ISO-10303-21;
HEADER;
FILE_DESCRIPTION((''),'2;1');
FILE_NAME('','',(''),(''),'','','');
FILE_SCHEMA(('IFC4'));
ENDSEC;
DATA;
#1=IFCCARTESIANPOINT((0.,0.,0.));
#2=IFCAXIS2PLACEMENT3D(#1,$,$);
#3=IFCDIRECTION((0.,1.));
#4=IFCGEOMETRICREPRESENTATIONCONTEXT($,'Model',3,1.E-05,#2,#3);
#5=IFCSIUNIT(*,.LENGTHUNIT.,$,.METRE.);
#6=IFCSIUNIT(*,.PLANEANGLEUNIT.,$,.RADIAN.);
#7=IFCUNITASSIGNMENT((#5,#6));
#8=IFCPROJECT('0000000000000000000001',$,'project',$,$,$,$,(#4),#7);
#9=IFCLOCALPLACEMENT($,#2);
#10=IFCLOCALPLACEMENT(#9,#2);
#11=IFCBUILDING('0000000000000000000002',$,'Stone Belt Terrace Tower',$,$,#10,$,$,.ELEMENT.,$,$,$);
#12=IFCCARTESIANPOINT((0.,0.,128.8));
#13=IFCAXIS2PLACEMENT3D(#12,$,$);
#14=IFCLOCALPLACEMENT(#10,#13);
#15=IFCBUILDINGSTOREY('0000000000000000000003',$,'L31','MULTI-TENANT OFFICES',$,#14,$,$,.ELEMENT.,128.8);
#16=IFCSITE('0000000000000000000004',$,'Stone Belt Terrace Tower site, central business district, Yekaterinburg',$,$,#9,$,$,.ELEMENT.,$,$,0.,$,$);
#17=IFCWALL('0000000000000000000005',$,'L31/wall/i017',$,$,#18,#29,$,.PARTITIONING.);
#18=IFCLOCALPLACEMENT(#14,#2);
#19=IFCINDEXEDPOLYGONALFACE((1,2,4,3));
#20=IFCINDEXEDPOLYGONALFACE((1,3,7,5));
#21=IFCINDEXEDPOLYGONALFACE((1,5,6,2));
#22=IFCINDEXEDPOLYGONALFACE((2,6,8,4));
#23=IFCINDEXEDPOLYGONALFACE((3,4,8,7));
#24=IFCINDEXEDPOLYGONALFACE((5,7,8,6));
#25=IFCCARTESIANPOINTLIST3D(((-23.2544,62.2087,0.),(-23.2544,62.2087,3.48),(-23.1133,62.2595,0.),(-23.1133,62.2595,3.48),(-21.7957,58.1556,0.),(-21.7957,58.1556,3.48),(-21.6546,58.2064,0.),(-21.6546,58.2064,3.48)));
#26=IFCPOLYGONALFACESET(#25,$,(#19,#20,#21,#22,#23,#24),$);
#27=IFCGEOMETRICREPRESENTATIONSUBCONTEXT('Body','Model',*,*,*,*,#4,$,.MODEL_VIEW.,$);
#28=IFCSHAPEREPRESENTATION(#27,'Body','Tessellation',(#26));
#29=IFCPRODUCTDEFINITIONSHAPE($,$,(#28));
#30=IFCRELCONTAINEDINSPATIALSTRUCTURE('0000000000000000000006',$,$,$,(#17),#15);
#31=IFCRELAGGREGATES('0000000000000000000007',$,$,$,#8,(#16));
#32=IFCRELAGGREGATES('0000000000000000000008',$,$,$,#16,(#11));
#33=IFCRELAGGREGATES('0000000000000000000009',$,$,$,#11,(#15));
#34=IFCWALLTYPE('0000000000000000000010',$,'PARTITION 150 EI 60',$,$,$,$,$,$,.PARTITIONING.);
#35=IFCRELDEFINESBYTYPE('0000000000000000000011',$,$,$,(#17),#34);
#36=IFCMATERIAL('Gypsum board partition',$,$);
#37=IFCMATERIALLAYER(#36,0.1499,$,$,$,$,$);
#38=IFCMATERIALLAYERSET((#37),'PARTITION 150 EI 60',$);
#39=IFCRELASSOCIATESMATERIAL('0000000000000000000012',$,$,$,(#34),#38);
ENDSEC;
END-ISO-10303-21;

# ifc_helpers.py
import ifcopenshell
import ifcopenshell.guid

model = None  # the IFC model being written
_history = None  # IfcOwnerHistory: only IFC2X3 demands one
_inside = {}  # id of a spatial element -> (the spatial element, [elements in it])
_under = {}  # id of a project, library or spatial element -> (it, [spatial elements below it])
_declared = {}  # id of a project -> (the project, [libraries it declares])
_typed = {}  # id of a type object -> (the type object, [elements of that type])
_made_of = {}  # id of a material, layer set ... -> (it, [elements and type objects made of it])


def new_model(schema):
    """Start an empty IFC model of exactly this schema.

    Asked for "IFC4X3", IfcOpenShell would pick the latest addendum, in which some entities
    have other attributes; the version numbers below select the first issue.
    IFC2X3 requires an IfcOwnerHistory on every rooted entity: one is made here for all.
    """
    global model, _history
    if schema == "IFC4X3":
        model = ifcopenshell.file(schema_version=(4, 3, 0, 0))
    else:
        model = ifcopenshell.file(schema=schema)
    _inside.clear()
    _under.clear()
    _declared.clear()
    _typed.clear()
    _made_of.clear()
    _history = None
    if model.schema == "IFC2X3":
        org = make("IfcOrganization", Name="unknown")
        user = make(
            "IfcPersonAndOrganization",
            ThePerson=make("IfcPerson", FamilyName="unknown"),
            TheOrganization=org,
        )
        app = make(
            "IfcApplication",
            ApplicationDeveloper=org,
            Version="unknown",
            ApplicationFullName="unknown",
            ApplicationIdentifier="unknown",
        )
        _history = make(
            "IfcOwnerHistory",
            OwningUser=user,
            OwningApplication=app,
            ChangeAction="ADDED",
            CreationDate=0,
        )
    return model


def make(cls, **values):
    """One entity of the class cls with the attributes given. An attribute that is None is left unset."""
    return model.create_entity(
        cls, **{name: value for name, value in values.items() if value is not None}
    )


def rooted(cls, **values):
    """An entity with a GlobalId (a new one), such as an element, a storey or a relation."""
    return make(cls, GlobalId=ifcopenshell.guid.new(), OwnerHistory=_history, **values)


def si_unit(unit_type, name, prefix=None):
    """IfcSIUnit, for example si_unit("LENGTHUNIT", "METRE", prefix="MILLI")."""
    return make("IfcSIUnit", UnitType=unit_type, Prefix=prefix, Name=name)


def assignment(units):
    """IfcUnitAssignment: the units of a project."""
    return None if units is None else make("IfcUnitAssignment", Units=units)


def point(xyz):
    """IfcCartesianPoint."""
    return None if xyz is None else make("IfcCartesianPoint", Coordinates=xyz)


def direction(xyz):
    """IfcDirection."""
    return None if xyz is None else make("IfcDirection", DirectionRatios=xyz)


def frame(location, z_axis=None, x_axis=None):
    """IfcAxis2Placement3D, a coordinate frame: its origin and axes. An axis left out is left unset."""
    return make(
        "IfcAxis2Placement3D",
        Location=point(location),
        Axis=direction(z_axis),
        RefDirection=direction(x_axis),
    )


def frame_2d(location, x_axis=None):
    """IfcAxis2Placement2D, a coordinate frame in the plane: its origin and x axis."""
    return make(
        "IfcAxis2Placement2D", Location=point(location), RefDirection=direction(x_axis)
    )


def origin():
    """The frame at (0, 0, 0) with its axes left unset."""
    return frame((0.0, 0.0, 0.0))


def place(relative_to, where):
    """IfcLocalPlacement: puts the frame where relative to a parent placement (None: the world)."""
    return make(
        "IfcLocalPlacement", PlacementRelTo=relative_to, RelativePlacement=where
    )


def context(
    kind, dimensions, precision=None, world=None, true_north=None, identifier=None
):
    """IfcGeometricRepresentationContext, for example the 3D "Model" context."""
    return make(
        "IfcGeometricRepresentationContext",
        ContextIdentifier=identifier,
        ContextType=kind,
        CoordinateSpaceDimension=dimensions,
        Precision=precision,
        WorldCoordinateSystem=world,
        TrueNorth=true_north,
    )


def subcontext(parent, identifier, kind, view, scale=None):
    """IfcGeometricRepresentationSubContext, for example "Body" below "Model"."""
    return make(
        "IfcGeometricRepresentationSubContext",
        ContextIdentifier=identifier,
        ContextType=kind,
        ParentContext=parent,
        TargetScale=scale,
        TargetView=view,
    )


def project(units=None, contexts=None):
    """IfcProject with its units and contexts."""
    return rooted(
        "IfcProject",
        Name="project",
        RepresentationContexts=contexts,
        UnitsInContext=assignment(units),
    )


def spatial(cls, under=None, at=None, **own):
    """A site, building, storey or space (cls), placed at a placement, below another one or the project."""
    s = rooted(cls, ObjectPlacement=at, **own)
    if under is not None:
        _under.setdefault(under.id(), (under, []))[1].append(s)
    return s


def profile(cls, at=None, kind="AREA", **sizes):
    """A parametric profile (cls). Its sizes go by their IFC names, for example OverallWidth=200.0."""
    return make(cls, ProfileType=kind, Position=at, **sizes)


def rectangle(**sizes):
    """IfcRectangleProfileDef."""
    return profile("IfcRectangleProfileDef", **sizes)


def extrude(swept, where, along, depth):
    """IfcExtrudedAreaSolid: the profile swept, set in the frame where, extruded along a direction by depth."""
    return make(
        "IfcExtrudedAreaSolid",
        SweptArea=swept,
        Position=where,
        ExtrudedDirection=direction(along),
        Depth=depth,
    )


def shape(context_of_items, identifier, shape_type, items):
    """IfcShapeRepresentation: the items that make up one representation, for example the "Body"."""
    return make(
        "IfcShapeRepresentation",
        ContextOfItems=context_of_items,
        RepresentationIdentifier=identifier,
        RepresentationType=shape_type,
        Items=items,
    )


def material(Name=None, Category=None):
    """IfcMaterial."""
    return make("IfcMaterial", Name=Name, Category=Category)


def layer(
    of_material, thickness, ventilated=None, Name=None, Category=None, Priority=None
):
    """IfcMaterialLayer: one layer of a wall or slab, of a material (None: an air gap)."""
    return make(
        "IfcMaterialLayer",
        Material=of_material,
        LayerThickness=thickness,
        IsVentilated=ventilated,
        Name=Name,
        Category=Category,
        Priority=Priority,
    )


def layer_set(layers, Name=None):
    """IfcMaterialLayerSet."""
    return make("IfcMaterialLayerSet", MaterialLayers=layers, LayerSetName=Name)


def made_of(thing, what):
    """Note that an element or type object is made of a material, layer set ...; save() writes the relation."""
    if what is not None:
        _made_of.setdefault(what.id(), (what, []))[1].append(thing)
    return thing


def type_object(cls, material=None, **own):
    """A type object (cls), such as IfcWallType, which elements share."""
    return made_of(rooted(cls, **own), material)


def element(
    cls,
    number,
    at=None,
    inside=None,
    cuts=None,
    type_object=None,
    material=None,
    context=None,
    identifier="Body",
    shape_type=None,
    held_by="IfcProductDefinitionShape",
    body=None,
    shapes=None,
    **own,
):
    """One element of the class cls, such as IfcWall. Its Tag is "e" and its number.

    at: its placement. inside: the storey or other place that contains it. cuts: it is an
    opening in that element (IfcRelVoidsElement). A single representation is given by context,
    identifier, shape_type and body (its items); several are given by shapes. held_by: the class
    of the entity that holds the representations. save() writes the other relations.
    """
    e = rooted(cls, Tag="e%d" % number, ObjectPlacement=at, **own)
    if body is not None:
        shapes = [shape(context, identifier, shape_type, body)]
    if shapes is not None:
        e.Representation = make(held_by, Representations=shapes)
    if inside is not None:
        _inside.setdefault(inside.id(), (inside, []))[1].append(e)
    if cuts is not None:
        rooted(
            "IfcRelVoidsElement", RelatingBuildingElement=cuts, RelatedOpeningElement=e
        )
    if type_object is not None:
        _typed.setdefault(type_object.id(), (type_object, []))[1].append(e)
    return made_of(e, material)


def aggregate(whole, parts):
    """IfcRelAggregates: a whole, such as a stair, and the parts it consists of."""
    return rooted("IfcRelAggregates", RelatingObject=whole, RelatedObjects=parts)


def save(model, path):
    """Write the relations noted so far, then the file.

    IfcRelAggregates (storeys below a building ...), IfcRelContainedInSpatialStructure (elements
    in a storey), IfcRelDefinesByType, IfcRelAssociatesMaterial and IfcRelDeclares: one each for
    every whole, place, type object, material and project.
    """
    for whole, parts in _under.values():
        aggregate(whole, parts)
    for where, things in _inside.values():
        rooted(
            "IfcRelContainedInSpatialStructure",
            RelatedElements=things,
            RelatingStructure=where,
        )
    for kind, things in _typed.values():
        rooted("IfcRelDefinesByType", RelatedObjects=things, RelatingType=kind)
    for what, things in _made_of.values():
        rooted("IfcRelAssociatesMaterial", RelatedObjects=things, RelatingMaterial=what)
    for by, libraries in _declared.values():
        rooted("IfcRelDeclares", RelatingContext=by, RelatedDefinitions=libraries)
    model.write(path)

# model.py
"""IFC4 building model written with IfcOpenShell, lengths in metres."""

from ifc_helpers import new_model, si_unit, direction, frame, frame_2d, origin, place, context, subcontext, project, spatial, rectangle, extrude, material, layer, layer_set, type_object, element, save


model = new_model("IFC4")

# Units and contexts
model_context = context("Model", 3, precision=1e-05, world=origin(), true_north=direction((0.0, 1.0)))
body_context = subcontext(model_context, "Body", "Model", "MODEL_VIEW")
ifc_project = project(units=[si_unit("LENGTHUNIT", "METRE"), si_unit("PLANEANGLEUNIT", "RADIAN")], contexts=[model_context])

# Site, building, storey
site_placement = place(None, origin())
site = spatial("IfcSite", under=ifc_project, at=site_placement, Name="Stone Belt Terrace Tower site, central business district, Yekaterinburg", CompositionType="ELEMENT", RefElevation=0.0)
building_placement = place(site_placement, origin())
building = spatial("IfcBuilding", under=site, at=building_placement, Name="Stone Belt Terrace Tower", CompositionType="ELEMENT")
storey_placement = place(building_placement, frame((0.0, 0.0, 128.8)))
storey = spatial("IfcBuildingStorey", under=building, at=storey_placement, Name="L31", Description="MULTI-TENANT OFFICES", CompositionType="ELEMENT", Elevation=128.8)

# Wall
ifc_material_1 = material(Name="Gypsum board partition")
ifc_layer_1 = layer(ifc_material_1, 0.1499)
ifc_layer_set_1 = layer_set([ifc_layer_1], Name="PARTITION 150 EI 60")
wall_type_1 = type_object("IfcWallType", Name="PARTITION 150 EI 60", PredefinedType="PARTITIONING", material=ifc_layer_set_1)
wall_1_placement = place(storey_placement, frame((-23.1838, 62.2341, 0.0), z_axis=(0.0, 0.0, 1.0), x_axis=(0.338633, -0.940918, 0.0)))
element("IfcWall", 1, at=wall_1_placement, inside=storey, type_object=wall_type_1, Name="L31/wall/i017", PredefinedType="PARTITIONING", context=body_context, shape_type="SweptSolid", body=[
    extrude(rectangle(XDim=4.3076, YDim=0.1499, at=frame_2d((2.1538, 0.0))), origin(), (0.0, 0.0, 1.0), 3.48),
])

save(model, "model.ifc")
